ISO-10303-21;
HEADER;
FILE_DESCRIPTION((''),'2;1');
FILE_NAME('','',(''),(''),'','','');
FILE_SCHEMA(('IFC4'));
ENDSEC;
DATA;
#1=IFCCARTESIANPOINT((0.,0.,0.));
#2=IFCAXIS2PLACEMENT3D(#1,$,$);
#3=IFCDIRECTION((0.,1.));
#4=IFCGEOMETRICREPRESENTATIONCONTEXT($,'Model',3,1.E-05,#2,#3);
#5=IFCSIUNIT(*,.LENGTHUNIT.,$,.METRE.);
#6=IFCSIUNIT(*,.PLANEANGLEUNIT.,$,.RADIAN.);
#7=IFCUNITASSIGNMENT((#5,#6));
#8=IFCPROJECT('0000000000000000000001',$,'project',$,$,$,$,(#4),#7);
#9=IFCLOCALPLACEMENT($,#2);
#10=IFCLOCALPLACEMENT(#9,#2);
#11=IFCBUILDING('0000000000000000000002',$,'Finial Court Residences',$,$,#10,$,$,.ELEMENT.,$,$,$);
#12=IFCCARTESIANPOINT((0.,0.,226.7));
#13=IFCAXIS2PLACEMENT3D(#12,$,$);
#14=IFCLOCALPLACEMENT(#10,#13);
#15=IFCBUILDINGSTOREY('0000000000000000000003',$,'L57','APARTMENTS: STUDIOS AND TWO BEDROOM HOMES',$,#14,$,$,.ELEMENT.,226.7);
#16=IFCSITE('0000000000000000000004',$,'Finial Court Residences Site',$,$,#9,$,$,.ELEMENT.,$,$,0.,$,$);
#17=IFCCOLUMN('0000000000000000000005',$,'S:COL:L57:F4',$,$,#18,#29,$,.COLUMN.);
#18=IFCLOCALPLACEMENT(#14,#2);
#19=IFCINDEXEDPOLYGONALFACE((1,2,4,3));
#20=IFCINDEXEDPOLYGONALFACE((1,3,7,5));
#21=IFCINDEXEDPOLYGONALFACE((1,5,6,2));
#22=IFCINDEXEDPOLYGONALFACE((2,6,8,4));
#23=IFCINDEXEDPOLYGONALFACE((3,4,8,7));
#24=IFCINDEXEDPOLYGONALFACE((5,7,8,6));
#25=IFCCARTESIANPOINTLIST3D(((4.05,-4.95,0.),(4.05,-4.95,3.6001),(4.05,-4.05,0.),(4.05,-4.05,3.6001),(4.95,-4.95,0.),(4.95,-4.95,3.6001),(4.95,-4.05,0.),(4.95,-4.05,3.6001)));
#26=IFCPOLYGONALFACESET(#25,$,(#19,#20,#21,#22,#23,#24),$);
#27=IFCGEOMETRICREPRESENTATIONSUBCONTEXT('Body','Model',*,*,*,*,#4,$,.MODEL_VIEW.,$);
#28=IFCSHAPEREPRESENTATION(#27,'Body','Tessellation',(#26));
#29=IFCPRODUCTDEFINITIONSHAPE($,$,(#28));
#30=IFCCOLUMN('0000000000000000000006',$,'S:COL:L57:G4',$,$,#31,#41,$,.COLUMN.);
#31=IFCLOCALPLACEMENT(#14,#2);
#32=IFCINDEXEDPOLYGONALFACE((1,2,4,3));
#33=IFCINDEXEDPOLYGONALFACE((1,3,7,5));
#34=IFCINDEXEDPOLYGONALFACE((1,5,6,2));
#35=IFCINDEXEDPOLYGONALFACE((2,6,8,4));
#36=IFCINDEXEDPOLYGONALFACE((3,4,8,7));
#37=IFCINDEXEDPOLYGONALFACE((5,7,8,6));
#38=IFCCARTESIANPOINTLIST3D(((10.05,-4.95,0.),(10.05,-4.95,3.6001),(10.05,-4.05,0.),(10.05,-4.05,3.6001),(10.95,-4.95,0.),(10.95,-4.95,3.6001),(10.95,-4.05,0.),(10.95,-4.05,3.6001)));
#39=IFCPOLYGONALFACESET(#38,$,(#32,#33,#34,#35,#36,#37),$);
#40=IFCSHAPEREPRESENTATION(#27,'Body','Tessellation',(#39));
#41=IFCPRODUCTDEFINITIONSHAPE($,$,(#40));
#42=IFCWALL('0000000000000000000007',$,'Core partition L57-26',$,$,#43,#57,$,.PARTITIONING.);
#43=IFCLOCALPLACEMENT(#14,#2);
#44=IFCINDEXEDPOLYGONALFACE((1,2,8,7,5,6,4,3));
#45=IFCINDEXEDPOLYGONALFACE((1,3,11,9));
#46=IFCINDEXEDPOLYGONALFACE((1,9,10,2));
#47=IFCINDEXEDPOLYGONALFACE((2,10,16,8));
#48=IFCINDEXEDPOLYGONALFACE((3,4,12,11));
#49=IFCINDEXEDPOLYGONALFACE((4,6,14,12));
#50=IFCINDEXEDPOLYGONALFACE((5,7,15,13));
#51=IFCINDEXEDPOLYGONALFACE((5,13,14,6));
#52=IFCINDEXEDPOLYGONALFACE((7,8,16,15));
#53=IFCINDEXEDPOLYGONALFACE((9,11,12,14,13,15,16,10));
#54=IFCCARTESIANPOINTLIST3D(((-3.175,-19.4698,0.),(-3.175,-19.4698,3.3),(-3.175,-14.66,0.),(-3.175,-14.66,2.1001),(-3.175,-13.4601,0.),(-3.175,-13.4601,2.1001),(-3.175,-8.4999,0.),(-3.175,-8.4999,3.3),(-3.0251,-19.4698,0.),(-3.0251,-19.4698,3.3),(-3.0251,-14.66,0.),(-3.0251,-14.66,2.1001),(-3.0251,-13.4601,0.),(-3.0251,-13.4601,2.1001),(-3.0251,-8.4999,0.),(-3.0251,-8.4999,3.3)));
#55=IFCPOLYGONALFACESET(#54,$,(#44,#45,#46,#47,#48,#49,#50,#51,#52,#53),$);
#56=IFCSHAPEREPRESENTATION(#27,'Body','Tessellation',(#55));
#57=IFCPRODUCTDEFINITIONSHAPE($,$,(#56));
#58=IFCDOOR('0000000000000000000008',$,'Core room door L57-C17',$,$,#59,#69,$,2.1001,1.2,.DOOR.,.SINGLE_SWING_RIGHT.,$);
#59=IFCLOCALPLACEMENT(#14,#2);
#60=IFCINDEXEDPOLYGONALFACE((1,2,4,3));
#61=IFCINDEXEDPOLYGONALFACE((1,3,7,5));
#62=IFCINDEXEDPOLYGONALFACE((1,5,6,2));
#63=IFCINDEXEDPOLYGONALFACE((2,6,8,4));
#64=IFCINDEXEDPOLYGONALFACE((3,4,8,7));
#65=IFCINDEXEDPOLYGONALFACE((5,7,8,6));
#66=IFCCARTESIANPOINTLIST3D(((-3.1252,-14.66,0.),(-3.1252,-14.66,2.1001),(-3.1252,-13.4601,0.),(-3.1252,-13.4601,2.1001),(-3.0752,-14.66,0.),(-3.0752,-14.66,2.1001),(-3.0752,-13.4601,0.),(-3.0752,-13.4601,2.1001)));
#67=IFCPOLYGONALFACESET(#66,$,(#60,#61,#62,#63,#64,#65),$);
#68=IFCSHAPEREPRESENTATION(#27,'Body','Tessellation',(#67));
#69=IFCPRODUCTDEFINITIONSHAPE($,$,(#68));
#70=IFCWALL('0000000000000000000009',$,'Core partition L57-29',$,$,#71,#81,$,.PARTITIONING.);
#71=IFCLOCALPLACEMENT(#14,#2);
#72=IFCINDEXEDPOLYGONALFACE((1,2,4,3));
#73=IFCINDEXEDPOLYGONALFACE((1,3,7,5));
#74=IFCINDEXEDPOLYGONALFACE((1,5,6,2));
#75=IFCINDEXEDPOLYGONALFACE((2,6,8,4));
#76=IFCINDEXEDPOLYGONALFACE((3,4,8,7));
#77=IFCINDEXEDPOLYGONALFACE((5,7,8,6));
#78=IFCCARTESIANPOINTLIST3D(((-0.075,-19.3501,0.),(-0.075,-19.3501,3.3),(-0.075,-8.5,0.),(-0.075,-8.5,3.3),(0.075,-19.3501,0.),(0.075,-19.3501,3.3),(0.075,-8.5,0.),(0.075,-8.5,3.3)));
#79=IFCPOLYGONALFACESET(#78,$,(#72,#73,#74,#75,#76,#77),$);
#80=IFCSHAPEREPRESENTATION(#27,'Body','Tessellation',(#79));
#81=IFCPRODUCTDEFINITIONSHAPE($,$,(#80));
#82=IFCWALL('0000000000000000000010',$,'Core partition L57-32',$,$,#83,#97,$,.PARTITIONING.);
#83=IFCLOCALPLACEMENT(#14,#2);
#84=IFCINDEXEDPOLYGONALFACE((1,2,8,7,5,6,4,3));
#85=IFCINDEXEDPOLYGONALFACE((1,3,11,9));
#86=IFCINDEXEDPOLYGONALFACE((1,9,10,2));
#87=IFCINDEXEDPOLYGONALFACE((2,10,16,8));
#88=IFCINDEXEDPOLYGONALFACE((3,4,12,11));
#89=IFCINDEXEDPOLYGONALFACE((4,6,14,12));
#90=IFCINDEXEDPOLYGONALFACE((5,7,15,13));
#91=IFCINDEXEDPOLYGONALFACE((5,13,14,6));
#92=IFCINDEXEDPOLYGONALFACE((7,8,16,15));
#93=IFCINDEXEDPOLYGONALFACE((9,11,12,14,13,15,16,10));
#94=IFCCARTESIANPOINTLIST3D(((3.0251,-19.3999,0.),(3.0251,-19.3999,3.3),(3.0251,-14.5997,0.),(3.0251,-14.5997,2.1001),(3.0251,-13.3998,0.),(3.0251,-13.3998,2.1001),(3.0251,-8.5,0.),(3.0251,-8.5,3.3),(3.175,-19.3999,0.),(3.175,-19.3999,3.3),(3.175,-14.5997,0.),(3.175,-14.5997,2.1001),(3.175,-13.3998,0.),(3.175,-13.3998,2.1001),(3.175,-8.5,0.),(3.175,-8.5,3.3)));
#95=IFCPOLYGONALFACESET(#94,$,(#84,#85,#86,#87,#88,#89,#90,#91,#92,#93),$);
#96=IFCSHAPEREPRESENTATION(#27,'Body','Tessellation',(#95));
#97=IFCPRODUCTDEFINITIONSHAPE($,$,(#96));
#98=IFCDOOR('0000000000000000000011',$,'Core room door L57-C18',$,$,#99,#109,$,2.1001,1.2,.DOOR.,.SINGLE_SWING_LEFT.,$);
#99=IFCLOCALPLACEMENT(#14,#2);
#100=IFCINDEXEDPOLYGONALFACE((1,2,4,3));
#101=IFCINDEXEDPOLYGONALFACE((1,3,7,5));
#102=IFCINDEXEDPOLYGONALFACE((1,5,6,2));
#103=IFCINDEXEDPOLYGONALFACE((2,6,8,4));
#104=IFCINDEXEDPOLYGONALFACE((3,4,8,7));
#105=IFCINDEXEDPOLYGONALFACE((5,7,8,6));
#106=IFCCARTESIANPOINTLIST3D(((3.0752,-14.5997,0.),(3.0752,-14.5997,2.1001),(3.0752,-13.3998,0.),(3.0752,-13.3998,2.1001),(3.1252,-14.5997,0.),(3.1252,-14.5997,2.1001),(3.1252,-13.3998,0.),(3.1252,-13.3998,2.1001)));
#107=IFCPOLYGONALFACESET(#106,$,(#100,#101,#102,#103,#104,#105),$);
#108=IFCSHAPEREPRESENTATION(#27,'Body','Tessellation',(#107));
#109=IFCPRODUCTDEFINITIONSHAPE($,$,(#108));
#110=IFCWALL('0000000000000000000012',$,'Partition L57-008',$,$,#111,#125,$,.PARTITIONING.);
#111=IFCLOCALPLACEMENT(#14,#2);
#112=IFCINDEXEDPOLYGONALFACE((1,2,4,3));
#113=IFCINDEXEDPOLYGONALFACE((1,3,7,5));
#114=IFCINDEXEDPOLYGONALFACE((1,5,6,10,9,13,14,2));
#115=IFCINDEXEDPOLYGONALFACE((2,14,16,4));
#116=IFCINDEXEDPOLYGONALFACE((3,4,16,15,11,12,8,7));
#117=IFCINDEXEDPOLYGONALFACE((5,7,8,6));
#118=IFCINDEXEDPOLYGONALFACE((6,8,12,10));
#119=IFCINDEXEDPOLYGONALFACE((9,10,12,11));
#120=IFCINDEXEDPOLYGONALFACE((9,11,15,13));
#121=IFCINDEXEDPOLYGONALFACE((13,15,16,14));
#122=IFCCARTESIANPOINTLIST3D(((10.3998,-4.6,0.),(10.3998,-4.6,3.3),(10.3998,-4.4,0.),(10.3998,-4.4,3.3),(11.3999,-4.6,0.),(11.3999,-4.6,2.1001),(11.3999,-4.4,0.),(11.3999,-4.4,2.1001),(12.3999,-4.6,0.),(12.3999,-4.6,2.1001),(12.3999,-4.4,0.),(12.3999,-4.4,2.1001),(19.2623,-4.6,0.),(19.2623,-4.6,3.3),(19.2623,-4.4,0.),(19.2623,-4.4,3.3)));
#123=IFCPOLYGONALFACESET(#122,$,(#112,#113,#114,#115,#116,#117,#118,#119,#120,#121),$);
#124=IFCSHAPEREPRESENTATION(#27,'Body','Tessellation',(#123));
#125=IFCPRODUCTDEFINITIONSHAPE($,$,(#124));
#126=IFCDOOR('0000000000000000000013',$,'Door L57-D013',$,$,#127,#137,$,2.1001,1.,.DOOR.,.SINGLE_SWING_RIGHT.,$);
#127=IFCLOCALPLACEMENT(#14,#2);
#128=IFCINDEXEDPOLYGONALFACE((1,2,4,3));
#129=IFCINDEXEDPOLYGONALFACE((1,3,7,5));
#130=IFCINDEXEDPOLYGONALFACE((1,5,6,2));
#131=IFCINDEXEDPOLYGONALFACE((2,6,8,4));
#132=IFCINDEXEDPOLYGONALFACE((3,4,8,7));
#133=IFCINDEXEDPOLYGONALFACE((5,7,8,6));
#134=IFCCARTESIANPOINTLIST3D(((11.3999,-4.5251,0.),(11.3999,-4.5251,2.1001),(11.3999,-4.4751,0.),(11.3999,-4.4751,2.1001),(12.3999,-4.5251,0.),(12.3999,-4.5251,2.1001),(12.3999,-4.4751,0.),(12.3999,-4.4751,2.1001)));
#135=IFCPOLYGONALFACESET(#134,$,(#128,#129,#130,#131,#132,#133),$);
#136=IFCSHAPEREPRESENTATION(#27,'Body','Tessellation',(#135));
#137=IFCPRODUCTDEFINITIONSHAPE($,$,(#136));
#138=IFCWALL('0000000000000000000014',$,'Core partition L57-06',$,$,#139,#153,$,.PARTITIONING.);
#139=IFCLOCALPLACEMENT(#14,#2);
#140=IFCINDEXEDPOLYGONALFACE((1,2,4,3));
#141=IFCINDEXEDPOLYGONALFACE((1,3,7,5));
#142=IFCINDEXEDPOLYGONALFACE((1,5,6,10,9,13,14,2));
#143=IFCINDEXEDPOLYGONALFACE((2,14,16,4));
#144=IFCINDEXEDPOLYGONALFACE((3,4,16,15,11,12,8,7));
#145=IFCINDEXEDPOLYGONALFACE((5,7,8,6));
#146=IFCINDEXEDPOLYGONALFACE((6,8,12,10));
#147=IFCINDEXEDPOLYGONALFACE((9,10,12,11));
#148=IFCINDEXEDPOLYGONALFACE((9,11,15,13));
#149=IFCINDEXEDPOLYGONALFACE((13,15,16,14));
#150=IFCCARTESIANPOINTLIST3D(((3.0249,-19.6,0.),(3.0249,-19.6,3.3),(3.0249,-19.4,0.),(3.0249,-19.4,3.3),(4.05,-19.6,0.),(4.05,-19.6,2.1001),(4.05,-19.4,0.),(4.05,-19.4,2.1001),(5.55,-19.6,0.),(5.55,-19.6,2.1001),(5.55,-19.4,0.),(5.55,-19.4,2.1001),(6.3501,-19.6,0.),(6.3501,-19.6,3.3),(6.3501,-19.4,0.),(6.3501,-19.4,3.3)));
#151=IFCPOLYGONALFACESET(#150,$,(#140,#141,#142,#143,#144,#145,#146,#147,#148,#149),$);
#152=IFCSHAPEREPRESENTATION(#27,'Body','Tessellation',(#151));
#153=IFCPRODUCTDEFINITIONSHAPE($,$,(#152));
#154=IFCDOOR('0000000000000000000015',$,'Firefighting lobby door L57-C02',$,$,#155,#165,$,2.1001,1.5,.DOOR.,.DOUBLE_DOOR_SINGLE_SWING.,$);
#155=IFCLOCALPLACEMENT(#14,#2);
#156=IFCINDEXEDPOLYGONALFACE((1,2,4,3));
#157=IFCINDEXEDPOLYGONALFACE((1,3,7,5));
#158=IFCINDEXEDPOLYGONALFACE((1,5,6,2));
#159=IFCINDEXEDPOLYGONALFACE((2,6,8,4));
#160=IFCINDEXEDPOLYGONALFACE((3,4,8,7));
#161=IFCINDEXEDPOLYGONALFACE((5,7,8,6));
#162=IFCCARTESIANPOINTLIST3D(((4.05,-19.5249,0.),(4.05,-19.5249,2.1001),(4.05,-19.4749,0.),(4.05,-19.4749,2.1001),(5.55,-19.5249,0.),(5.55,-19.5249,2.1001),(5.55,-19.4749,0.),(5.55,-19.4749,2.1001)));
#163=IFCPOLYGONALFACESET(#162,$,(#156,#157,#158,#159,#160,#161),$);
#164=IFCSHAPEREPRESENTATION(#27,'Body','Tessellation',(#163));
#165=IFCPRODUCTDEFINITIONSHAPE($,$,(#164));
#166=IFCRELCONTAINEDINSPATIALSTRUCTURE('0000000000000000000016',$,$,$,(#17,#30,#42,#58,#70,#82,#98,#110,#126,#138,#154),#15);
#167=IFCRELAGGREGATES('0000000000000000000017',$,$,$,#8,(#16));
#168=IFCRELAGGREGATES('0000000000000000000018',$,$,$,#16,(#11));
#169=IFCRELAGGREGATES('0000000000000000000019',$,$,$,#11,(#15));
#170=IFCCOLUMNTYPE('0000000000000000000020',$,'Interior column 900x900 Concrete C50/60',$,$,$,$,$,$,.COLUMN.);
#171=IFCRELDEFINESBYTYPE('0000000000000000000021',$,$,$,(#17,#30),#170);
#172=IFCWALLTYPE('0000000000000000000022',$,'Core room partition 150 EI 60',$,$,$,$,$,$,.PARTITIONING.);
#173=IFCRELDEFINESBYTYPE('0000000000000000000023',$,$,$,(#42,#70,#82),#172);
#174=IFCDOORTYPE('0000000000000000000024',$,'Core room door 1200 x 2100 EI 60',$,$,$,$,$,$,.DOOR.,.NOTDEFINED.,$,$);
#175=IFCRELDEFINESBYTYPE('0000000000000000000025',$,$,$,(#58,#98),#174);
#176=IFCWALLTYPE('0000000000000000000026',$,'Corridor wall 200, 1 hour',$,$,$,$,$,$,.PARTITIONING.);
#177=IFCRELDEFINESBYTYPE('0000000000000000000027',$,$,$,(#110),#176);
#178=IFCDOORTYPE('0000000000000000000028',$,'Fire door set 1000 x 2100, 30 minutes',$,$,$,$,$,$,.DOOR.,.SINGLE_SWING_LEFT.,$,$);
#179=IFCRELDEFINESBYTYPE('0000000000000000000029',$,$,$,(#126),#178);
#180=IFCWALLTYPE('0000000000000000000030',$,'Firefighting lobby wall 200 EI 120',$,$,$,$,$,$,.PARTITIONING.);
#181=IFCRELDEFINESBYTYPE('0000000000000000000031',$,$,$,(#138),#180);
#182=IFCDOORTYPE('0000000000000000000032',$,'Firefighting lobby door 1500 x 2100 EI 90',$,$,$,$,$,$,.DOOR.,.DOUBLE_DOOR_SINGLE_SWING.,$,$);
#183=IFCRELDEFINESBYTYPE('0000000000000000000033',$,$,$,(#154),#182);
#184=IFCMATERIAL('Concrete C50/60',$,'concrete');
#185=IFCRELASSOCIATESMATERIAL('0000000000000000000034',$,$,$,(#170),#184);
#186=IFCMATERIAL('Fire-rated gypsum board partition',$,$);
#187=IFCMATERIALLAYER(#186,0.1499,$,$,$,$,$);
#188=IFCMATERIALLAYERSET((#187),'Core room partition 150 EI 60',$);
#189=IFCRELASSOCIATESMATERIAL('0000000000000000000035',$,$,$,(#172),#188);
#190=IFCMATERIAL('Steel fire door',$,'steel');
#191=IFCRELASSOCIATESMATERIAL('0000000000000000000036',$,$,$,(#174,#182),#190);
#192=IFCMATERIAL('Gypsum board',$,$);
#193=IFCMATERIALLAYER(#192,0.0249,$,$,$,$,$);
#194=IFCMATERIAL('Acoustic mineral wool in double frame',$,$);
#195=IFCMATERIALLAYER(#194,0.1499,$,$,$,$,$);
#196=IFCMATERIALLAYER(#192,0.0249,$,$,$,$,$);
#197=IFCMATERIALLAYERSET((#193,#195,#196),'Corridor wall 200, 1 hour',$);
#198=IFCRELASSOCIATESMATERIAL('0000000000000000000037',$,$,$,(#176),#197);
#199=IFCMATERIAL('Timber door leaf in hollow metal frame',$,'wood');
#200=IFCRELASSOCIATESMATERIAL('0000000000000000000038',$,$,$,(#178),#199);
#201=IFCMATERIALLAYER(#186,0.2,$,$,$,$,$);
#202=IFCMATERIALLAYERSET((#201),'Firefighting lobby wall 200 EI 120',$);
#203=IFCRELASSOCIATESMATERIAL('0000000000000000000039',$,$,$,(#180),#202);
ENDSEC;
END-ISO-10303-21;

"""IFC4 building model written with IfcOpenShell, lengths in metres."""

from ifc_helpers import new_model, si_unit, direction, frame, frame_2d, origin, origin_2d, place, context, subcontext, project, spatial, rectangle, extrude, material, layer, layer_set, material_profile, profile_set, type_object, element, fill, save


model = new_model("IFC4")

# Units and contexts
model_context = context("Model", 3, precision=1e-05, world=origin(), true_north=direction((0.0, 1.0)))
body_context = subcontext(model_context, "Body", "Model", "MODEL_VIEW")
ifc_project = project(units=[si_unit("LENGTHUNIT", "METRE"), si_unit("PLANEANGLEUNIT", "RADIAN")], contexts=[model_context])

# Site, building, storey
site_placement = place(None, origin())
site = spatial("IfcSite", under=ifc_project, at=site_placement, Name="Finial Court Residences Site", CompositionType="ELEMENT", RefElevation=0.0)
building_placement = place(site_placement, origin())
building = spatial("IfcBuilding", under=site, at=building_placement, Name="Finial Court Residences", CompositionType="ELEMENT")
storey_placement = place(building_placement, frame((0.0, 0.0, 226.7)))
storey = spatial("IfcBuildingStorey", under=building, at=storey_placement, Name="L57", Description="APARTMENTS: STUDIOS AND TWO BEDROOM HOMES", CompositionType="ELEMENT", Elevation=226.7)

# Columns
ifc_material_1 = material(Name="Concrete C50/60", Category="concrete")
ifc_material_profile = material_profile(ifc_material_1, rectangle(XDim=0.8999, YDim=0.8999, at=origin_2d()), Name="900x900")
ifc_profile_set = profile_set([ifc_material_profile], Name="Concrete C50/60")
column_type = type_object("IfcColumnType", Name="Interior column 900x900 Concrete C50/60", PredefinedType="COLUMN", material=ifc_profile_set)
for number, where, z_axis, x_axis, name in (
    (1, (4.5, -4.5, 0.0), (0.0, 0.0, 1.0), (1.0, 0.0, 0.0), "S:COL:L57:F4"),
    (2, (10.5, -4.5, 0.0), (0.0, 0.0, 1.0), (1.0, 0.0, 0.0), "S:COL:L57:G4"),
):
    element("IfcColumn", number, at=place(storey_placement, frame(where, z_axis=z_axis, x_axis=x_axis)), inside=storey, type_object=column_type, Name=name, PredefinedType="COLUMN", context=body_context, shape_type="SweptSolid", body=[
        extrude(rectangle(XDim=0.8999, YDim=0.8999, at=origin_2d()), origin(), (0.0, 0.0, 1.0), 3.6001),
    ])

# Wall, opening, door
ifc_material_2 = material(Name="Fire-rated gypsum board partition")
ifc_layer_1 = layer(ifc_material_2, 0.1499)
ifc_layer_set_1 = layer_set([ifc_layer_1], Name="Core room partition 150 EI 60")
wall_type_1 = type_object("IfcWallType", Name="Core room partition 150 EI 60", PredefinedType="PARTITIONING", material=ifc_layer_set_1)
wall_1_placement = place(storey_placement, frame((-3.1001, -8.5, 0.0), z_axis=(0.0, 0.0, 1.0), x_axis=(0.0, -1.0, 0.0)))
wall_1 = element("IfcWall", 3, at=wall_1_placement, inside=storey, type_object=wall_type_1, Name="Core partition L57-26", PredefinedType="PARTITIONING", context=body_context, shape_type="SweptSolid", body=[
    extrude(rectangle(XDim=10.97, YDim=0.1499, at=frame_2d((5.4849, 0.0))), origin(), (0.0, 0.0, 1.0), 3.3),
])
opening_1_placement = place(wall_1_placement, frame((4.96, 0.0, 0.0)))
opening_1 = element("IfcOpeningElement", 4, at=opening_1_placement, cuts=wall_1, PredefinedType="OPENING", context=body_context, shape_type="SweptSolid", body=[
    extrude(rectangle(XDim=1.2, YDim=2.1001, at=frame_2d((0.6001, 1.05))), frame((0.0, 0.085, 0.0), z_axis=(0.0, -1.0, 0.0), x_axis=(1.0, 0.0, 0.0)), (0.0, 0.0, 1.0), 0.1699),
])
ifc_material_3 = material(Name="Steel fire door", Category="steel")
door_type_1 = type_object("IfcDoorType", Name="Core room door 1200 x 2100 EI 60", OperationType="NOTDEFINED", PredefinedType="DOOR", material=ifc_material_3)
door_1_placement = place(opening_1_placement, origin())
door_1 = element("IfcDoor", 5, at=door_1_placement, inside=storey, type_object=door_type_1, Name="Core room door L57-C17", OperationType="SINGLE_SWING_RIGHT", OverallHeight=2.1001, OverallWidth=1.2, PredefinedType="DOOR", context=body_context, shape_type="SweptSolid", body=[
    extrude(rectangle(XDim=1.2, YDim=2.1001, at=frame_2d((0.6001, 1.05))), frame((0.0, 0.0249, 0.0), z_axis=(0.0, -1.0, 0.0), x_axis=(1.0, 0.0, 0.0)), (0.0, 0.0, 1.0), 0.05),
])
fill(opening_1, door_1)

# Wall
wall_2_placement = place(storey_placement, frame((0.0, -19.3501, 0.0), z_axis=(0.0, 0.0, 1.0), x_axis=(0.0, 1.0, 0.0)))
element("IfcWall", 6, at=wall_2_placement, inside=storey, type_object=wall_type_1, Name="Core partition L57-29", PredefinedType="PARTITIONING", context=body_context, shape_type="SweptSolid", body=[
    extrude(rectangle(XDim=10.8501, YDim=0.1499, at=frame_2d((5.425, 0.0))), origin(), (0.0, 0.0, 1.0), 3.3),
])

# Walls, openings, doors
wall_3_placement = place(storey_placement, frame((3.1001, -19.3999, 0.0), z_axis=(0.0, 0.0, 1.0), x_axis=(0.0, 1.0, 0.0)))
wall_3 = element("IfcWall", 7, at=wall_3_placement, inside=storey, type_object=wall_type_1, Name="Core partition L57-32", PredefinedType="PARTITIONING", context=body_context, shape_type="SweptSolid", body=[
    extrude(rectangle(XDim=10.8999, YDim=0.1499, at=frame_2d((5.45, 0.0))), origin(), (0.0, 0.0, 1.0), 3.3),
])
opening_2_placement = place(wall_3_placement, frame((4.8, 0.0, 0.0)))
opening_2 = element("IfcOpeningElement", 8, at=opening_2_placement, cuts=wall_3, PredefinedType="OPENING", context=body_context, shape_type="SweptSolid", body=[
    extrude(rectangle(XDim=1.2, YDim=2.1001, at=frame_2d((0.6001, 1.05))), frame((0.0, 0.085, 0.0), z_axis=(0.0, -1.0, 0.0), x_axis=(1.0, 0.0, 0.0)), (0.0, 0.0, 1.0), 0.1699),
])
door_2_placement = place(opening_2_placement, origin())
door_2 = element("IfcDoor", 9, at=door_2_placement, inside=storey, type_object=door_type_1, Name="Core room door L57-C18", OperationType="SINGLE_SWING_LEFT", OverallHeight=2.1001, OverallWidth=1.2, PredefinedType="DOOR", context=body_context, shape_type="SweptSolid", body=[
    extrude(rectangle(XDim=1.2, YDim=2.1001, at=frame_2d((0.6001, 1.05))), frame((0.0, 0.0249, 0.0), z_axis=(0.0, -1.0, 0.0), x_axis=(1.0, 0.0, 0.0)), (0.0, 0.0, 1.0), 0.05),
])
fill(opening_2, door_2)
ifc_material_4 = material(Name="Gypsum board")
ifc_layer_2 = layer(ifc_material_4, 0.0249)
ifc_material_5 = material(Name="Acoustic mineral wool in double frame")
ifc_layer_3 = layer(ifc_material_5, 0.1499)
ifc_layer_4 = layer(ifc_material_4, 0.0249)
ifc_layer_set_2 = layer_set([ifc_layer_2, ifc_layer_3, ifc_layer_4], Name="Corridor wall 200, 1 hour")
wall_type_2 = type_object("IfcWallType", Name="Corridor wall 200, 1 hour", PredefinedType="PARTITIONING", material=ifc_layer_set_2)
wall_4_placement = place(storey_placement, frame((10.3999, -4.5, 0.0), z_axis=(0.0, 0.0, 1.0), x_axis=(1.0, 0.0, 0.0)))
wall_4 = element("IfcWall", 10, at=wall_4_placement, inside=storey, type_object=wall_type_2, Name="Partition L57-008", PredefinedType="PARTITIONING", context=body_context, shape_type="SweptSolid", body=[
    extrude(rectangle(XDim=8.8625, YDim=0.2, at=frame_2d((4.4312, 0.0))), origin(), (0.0, 0.0, 1.0), 3.3),
])
opening_3_placement = place(wall_4_placement, frame((1.0, 0.0, 0.0)))
opening_3 = element("IfcOpeningElement", 11, at=opening_3_placement, cuts=wall_4, PredefinedType="OPENING", context=body_context, shape_type="SweptSolid", body=[
    extrude(rectangle(XDim=1.0, YDim=2.1001, at=frame_2d((0.5, 1.05))), frame((0.0, 0.1099, 0.0), z_axis=(0.0, -1.0, 0.0), x_axis=(1.0, 0.0, 0.0)), (0.0, 0.0, 1.0), 0.22),
])
ifc_material_6 = material(Name="Timber door leaf in hollow metal frame", Category="wood")
door_type_2 = type_object("IfcDoorType", Name="Fire door set 1000 x 2100, 30 minutes", OperationType="SINGLE_SWING_LEFT", PredefinedType="DOOR", material=ifc_material_6)
door_3_placement = place(opening_3_placement, origin())
door_3 = element("IfcDoor", 12, at=door_3_placement, inside=storey, type_object=door_type_2, Name="Door L57-D013", OperationType="SINGLE_SWING_RIGHT", OverallHeight=2.1001, OverallWidth=1.0, PredefinedType="DOOR", context=body_context, shape_type="SweptSolid", body=[
    extrude(rectangle(XDim=1.0, YDim=2.1001, at=frame_2d((0.5, 1.05))), frame((0.0, 0.0249, 0.0), z_axis=(0.0, -1.0, 0.0), x_axis=(1.0, 0.0, 0.0)), (0.0, 0.0, 1.0), 0.05),
])
fill(opening_3, door_3)
ifc_layer_5 = layer(ifc_material_2, 0.2)
ifc_layer_set_3 = layer_set([ifc_layer_5], Name="Firefighting lobby wall 200 EI 120")
wall_type_3 = type_object("IfcWallType", Name="Firefighting lobby wall 200 EI 120", PredefinedType="PARTITIONING", material=ifc_layer_set_3)
wall_5_placement = place(storey_placement, frame((6.3501, -19.5, 0.0), z_axis=(0.0, 0.0, 1.0), x_axis=(-1.0, 0.0, 0.0)))
wall_5 = element("IfcWall", 13, at=wall_5_placement, inside=storey, type_object=wall_type_3, Name="Core partition L57-06", PredefinedType="PARTITIONING", context=body_context, shape_type="SweptSolid", body=[
    extrude(rectangle(XDim=3.3252, YDim=0.2, at=frame_2d((1.6626, 0.0))), origin(), (0.0, 0.0, 1.0), 3.3),
])
opening_4_placement = place(wall_5_placement, frame((0.8, 0.0, 0.0)))
opening_4 = element("IfcOpeningElement", 14, at=opening_4_placement, cuts=wall_5, PredefinedType="OPENING", context=body_context, shape_type="SweptSolid", body=[
    extrude(rectangle(XDim=1.5, YDim=2.1001, at=frame_2d((0.75, 1.05))), frame((0.0, 0.1099, 0.0), z_axis=(0.0, -1.0, 0.0), x_axis=(1.0, 0.0, 0.0)), (0.0, 0.0, 1.0), 0.22),
])
door_type_3 = type_object("IfcDoorType", Name="Firefighting lobby door 1500 x 2100 EI 90", OperationType="DOUBLE_DOOR_SINGLE_SWING", PredefinedType="DOOR", material=ifc_material_3)
door_4_placement = place(opening_4_placement, origin())
door_4 = element("IfcDoor", 15, at=door_4_placement, inside=storey, type_object=door_type_3, Name="Firefighting lobby door L57-C02", OperationType="DOUBLE_DOOR_SINGLE_SWING", OverallHeight=2.1001, OverallWidth=1.5, PredefinedType="DOOR", context=body_context, shape_type="SweptSolid", body=[
    extrude(rectangle(XDim=1.5, YDim=2.1001, at=frame_2d((0.75, 1.05))), frame((0.0, 0.0249, 0.0), z_axis=(0.0, -1.0, 0.0), x_axis=(1.0, 0.0, 0.0)), (0.0, 0.0, 1.0), 0.05),
])
fill(opening_4, door_4)

save(model, "model.ifc")
